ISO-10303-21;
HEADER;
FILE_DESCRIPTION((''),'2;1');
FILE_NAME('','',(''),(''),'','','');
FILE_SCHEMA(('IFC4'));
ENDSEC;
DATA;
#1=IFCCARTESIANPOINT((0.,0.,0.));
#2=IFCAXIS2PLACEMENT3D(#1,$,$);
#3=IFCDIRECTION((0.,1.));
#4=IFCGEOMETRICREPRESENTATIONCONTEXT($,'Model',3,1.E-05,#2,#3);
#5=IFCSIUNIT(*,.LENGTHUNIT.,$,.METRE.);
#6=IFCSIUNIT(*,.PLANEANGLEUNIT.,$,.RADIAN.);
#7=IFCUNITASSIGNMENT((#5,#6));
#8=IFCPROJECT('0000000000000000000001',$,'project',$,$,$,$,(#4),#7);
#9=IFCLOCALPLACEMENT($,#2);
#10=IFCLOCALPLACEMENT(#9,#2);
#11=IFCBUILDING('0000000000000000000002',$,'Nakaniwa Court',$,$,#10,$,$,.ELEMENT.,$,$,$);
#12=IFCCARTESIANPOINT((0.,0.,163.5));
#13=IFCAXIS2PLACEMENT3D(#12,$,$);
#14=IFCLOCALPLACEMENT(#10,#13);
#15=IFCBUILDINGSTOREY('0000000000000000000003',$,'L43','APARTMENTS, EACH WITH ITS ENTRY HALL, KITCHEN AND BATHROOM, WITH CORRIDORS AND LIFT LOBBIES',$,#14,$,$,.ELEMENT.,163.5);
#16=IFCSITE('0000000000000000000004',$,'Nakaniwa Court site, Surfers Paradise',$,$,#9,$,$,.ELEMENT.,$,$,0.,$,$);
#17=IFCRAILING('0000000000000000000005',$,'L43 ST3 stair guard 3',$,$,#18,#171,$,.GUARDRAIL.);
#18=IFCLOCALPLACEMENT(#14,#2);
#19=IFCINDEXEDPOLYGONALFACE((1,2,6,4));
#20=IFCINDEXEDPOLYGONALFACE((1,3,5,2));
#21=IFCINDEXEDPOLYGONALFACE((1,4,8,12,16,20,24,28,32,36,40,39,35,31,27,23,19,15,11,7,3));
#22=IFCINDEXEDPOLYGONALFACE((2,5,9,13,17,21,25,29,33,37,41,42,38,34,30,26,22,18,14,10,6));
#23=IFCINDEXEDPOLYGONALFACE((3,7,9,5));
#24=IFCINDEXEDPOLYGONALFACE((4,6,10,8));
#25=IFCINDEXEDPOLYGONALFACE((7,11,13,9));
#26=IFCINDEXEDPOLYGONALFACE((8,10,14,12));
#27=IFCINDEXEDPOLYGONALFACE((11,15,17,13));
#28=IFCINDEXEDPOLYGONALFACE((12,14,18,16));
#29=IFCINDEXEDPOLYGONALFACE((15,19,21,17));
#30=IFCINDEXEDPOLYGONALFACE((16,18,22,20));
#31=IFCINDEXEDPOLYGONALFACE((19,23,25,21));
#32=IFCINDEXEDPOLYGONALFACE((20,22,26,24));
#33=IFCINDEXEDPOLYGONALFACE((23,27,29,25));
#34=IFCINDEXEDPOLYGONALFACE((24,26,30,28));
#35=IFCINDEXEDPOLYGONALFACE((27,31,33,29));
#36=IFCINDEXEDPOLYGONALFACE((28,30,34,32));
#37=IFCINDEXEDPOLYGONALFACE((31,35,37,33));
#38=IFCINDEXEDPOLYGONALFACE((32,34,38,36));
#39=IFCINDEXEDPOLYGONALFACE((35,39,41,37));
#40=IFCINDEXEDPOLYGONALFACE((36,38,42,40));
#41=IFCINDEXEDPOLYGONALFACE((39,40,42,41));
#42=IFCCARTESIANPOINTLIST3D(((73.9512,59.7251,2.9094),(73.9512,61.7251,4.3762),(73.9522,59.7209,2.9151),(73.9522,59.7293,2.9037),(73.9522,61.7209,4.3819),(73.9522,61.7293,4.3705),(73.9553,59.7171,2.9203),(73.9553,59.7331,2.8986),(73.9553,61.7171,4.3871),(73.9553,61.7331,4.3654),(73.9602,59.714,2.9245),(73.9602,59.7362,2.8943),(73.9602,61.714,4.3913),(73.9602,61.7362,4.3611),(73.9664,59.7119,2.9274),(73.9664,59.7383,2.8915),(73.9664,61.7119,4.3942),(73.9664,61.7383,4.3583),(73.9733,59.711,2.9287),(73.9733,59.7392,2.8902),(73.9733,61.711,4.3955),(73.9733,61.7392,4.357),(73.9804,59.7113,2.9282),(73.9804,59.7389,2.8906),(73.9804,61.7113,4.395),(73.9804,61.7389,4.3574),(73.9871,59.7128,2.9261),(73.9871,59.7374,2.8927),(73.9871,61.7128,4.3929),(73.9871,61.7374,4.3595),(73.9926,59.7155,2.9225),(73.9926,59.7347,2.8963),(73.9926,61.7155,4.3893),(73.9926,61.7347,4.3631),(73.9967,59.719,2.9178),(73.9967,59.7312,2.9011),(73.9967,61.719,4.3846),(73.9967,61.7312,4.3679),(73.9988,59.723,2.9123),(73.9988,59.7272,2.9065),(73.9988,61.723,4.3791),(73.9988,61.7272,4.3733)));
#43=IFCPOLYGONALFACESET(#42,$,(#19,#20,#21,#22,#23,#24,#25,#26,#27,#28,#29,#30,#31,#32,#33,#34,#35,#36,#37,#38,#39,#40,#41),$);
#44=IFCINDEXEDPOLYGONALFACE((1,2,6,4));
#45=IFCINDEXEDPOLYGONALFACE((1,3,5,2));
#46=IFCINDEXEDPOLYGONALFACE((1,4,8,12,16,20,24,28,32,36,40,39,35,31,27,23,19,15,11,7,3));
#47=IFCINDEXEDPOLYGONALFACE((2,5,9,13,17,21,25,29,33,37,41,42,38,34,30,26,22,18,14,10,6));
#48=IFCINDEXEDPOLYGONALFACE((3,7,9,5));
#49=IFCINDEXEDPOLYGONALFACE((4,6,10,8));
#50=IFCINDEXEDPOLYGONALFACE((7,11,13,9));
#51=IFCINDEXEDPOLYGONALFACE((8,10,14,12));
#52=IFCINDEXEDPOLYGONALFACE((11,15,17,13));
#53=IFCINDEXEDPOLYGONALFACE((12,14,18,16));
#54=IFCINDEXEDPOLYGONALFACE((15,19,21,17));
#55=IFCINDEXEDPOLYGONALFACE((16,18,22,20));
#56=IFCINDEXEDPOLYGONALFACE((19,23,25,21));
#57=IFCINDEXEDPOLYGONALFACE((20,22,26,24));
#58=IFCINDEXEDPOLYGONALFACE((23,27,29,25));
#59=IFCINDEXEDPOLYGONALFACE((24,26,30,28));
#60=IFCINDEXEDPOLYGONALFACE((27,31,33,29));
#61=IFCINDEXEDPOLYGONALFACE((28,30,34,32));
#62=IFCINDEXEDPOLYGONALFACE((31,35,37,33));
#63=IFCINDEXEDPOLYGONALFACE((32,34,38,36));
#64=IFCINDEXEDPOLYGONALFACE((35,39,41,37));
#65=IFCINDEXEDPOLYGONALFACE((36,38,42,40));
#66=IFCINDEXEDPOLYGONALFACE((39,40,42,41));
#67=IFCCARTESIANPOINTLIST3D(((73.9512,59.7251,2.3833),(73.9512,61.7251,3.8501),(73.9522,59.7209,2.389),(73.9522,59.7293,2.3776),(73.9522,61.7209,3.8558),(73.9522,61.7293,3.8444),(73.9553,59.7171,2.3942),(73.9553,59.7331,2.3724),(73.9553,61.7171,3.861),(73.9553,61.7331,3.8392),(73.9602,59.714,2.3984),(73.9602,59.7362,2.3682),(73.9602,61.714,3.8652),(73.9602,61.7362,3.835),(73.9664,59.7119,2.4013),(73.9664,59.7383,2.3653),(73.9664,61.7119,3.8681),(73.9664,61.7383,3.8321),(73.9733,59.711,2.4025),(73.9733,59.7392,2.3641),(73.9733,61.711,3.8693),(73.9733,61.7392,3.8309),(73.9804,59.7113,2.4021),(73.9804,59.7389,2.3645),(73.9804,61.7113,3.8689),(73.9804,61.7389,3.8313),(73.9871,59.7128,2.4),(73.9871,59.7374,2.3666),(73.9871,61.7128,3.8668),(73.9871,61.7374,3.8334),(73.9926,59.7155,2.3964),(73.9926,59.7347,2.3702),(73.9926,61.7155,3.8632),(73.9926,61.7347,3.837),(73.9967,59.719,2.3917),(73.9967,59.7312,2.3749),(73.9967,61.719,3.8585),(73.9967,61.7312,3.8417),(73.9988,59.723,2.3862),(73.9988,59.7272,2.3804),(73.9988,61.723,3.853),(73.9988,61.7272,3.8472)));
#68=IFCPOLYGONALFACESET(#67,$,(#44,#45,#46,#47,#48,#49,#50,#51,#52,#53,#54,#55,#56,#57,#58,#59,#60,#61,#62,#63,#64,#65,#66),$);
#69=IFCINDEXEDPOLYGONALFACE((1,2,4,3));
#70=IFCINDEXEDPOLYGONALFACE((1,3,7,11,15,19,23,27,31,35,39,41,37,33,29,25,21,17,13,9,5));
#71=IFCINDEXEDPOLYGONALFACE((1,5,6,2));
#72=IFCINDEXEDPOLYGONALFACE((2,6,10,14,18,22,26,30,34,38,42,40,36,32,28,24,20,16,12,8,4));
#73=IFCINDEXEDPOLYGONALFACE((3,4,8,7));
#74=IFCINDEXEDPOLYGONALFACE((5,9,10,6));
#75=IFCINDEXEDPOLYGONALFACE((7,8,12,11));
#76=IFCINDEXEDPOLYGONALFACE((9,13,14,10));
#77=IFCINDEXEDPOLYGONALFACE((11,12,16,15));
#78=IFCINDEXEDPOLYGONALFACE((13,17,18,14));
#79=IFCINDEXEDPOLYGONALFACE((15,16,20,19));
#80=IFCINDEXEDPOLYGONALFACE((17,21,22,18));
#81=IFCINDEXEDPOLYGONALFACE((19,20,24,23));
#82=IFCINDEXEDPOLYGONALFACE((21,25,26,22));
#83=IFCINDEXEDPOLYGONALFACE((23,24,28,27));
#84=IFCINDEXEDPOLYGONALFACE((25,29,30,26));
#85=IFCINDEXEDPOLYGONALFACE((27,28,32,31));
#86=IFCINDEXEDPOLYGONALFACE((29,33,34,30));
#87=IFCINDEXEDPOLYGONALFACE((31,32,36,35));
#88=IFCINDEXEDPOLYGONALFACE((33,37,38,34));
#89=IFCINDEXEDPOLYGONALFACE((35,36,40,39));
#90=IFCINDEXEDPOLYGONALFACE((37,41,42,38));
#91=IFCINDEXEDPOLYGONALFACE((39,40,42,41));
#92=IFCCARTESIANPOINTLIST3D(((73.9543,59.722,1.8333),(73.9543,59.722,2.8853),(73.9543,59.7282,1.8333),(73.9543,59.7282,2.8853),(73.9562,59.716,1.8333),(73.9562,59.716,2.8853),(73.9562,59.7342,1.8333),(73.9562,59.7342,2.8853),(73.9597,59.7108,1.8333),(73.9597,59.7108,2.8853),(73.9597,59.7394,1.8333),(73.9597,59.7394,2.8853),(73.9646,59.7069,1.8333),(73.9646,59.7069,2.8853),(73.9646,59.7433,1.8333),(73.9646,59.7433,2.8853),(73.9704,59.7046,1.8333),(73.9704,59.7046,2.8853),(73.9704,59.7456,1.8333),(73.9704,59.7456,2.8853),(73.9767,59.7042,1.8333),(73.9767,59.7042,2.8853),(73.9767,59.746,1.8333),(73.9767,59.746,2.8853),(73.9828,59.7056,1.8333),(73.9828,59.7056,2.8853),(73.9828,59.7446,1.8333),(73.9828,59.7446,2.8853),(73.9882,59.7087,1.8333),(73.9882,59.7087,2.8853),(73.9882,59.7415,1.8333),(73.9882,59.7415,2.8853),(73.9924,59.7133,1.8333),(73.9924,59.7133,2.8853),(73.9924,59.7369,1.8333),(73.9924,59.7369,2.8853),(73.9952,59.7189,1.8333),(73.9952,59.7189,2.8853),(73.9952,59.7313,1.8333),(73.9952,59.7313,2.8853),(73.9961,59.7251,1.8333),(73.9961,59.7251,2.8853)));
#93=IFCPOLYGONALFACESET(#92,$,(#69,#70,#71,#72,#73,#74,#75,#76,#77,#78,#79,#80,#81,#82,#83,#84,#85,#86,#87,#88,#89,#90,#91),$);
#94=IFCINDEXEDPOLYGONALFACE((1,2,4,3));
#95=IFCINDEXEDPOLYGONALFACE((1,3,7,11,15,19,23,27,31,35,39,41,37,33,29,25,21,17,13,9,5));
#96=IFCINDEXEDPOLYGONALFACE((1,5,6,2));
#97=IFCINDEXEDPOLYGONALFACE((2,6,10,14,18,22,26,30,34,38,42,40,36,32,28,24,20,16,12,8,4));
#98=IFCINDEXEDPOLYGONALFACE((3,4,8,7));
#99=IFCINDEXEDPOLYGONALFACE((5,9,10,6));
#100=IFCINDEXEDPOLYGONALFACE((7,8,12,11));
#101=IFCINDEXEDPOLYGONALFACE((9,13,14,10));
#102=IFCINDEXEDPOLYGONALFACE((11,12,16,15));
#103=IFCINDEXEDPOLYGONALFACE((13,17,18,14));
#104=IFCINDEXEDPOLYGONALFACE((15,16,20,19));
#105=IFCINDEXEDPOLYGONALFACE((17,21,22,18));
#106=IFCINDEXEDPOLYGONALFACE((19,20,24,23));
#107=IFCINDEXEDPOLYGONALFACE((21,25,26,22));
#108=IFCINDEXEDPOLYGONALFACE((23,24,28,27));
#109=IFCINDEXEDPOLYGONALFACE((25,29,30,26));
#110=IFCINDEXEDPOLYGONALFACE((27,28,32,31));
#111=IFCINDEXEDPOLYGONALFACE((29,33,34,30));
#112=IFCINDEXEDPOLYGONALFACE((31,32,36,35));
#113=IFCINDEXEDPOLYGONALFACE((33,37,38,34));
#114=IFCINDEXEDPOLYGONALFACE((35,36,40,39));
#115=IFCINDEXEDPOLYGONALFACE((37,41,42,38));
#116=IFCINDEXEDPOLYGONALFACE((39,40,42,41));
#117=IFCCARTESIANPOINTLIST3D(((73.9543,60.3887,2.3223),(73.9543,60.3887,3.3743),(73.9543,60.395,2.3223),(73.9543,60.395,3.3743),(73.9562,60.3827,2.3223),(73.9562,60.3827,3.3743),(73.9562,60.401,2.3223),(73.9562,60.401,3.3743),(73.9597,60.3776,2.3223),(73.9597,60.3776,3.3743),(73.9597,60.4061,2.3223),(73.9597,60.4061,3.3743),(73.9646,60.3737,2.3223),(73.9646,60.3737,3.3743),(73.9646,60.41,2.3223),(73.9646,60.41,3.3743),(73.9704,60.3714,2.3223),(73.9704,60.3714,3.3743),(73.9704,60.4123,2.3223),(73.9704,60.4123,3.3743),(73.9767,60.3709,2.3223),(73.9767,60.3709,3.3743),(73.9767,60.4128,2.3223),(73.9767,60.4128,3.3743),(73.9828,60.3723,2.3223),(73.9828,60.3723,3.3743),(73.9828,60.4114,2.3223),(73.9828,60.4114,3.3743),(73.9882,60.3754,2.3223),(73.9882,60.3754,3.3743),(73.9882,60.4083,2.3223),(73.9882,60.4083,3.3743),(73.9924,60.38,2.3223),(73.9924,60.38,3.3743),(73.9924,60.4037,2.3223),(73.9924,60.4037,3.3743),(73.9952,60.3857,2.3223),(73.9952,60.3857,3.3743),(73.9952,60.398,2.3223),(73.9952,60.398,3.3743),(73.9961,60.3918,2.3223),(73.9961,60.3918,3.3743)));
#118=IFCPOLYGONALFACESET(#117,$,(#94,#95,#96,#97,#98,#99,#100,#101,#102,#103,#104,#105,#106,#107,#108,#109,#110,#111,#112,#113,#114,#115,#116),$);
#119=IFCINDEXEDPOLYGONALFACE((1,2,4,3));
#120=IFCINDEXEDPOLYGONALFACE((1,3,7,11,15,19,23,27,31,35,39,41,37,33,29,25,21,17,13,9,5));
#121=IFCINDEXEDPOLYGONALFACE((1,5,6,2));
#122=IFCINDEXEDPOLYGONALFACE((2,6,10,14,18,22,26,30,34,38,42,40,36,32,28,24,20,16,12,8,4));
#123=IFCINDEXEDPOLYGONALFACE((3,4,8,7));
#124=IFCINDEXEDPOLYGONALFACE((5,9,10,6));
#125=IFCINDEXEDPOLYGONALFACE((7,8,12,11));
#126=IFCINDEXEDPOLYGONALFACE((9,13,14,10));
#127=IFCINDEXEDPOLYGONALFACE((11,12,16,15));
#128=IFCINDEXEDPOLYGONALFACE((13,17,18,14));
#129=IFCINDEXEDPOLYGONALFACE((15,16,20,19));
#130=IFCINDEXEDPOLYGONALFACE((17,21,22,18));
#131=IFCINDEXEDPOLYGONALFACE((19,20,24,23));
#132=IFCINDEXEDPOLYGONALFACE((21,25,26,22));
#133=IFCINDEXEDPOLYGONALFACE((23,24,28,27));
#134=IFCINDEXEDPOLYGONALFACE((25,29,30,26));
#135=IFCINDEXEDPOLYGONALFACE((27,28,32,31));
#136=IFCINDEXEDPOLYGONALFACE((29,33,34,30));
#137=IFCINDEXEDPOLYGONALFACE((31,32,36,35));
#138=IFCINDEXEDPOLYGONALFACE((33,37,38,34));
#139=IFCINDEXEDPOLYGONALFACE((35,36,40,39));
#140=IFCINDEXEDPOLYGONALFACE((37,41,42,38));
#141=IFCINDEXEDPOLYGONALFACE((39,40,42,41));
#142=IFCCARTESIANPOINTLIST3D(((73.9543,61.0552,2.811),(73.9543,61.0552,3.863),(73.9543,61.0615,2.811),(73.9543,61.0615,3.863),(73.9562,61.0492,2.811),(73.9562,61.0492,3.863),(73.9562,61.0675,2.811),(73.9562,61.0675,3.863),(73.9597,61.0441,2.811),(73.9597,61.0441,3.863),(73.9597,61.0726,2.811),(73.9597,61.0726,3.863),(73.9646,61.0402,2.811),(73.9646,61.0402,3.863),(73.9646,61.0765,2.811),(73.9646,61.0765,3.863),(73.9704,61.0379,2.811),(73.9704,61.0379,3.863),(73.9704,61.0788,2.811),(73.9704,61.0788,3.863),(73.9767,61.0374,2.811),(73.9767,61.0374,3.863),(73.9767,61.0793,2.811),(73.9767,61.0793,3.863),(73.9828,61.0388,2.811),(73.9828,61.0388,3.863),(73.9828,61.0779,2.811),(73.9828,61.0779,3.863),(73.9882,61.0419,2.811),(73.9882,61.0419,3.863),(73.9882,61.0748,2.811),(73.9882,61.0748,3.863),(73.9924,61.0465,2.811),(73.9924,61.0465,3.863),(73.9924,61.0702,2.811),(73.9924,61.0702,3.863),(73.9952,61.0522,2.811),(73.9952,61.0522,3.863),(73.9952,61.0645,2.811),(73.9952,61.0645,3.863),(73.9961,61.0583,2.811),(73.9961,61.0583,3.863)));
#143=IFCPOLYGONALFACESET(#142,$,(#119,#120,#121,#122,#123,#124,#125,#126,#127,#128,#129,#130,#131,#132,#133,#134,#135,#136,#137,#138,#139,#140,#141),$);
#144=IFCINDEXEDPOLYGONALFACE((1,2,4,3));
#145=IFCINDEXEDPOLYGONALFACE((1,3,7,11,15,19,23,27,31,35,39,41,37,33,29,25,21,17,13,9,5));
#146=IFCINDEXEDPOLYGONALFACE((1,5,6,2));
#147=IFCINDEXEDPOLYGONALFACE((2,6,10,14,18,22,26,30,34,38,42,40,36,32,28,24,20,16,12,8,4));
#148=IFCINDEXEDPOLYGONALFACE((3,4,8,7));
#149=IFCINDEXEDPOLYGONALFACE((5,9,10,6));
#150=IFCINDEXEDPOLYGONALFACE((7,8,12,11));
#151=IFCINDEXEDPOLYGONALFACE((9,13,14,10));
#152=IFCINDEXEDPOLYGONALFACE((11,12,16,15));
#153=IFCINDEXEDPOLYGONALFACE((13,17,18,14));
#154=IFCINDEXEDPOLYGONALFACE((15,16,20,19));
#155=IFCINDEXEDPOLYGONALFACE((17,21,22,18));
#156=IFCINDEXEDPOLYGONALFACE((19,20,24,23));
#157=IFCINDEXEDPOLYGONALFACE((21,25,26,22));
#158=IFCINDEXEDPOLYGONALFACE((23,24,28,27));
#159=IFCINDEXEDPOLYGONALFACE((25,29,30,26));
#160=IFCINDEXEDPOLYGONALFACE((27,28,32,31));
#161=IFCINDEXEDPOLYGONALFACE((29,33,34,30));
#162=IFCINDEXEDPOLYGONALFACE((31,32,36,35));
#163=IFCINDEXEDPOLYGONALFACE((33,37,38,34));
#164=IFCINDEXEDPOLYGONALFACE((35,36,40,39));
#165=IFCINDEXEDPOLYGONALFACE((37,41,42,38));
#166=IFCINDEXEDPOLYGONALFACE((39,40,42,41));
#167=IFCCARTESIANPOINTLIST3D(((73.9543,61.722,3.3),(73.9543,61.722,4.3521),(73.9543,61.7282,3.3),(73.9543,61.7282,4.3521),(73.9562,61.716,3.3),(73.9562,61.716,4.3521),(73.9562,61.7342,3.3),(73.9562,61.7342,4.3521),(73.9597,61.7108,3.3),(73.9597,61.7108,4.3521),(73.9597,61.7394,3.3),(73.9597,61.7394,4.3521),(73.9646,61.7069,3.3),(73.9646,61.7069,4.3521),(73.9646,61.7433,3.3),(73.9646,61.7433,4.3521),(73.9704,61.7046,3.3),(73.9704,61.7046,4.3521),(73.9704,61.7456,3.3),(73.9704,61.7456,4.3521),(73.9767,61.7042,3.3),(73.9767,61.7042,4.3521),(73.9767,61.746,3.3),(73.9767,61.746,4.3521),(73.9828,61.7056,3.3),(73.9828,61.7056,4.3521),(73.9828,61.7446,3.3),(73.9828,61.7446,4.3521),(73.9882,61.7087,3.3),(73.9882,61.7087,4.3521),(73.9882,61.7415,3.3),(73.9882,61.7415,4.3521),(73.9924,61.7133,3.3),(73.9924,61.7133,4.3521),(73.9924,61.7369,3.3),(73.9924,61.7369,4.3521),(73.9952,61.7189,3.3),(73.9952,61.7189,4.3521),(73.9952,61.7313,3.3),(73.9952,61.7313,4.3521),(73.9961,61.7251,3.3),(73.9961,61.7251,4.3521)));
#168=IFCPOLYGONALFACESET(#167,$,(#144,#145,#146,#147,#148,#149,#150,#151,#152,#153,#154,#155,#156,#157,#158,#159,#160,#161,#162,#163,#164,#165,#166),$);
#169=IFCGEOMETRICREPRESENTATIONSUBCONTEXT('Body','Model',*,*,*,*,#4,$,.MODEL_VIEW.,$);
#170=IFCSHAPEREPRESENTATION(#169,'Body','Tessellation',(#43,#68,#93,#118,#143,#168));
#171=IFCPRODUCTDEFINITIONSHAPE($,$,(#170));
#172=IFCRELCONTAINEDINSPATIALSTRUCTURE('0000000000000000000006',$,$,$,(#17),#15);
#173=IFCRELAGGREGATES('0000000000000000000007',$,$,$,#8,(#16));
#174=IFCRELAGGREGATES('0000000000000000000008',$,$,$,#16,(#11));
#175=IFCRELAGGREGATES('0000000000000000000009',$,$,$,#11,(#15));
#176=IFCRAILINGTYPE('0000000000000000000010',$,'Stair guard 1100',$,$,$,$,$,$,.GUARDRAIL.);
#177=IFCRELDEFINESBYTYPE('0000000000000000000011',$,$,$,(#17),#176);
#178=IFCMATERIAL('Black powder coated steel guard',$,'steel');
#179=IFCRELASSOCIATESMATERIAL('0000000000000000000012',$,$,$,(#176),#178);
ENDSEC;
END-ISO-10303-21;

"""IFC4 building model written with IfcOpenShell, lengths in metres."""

from ifc_helpers import new_model, si_unit, direction, frame, origin, origin_2d, place, context, subcontext, project, spatial, circle, extrude, material, type_object, element, save


model = new_model("IFC4")

# Units and contexts
model_context = context("Model", 3, precision=1e-05, world=origin(), true_north=direction((0.0, 1.0)))
body_context = subcontext(model_context, "Body", "Model", "MODEL_VIEW")
ifc_project = project(units=[si_unit("LENGTHUNIT", "METRE"), si_unit("PLANEANGLEUNIT", "RADIAN")], contexts=[model_context])

# Site, building, storey
site_placement = place(None, origin())
site = spatial("IfcSite", under=ifc_project, at=site_placement, Name="Nakaniwa Court site, Surfers Paradise", CompositionType="ELEMENT", RefElevation=0.0)
building_placement = place(site_placement, origin())
building = spatial("IfcBuilding", under=site, at=building_placement, Name="Nakaniwa Court", CompositionType="ELEMENT")
storey_placement = place(building_placement, frame((0.0, 0.0, 163.5)))
storey = spatial("IfcBuildingStorey", under=building, at=storey_placement, Name="L43", Description="APARTMENTS, EACH WITH ITS ENTRY HALL, KITCHEN AND BATHROOM, WITH CORRIDORS AND LIFT LOBBIES", CompositionType="ELEMENT", Elevation=163.5)

# Railing
ifc_material_1 = material(Name="Black powder coated steel guard", Category="steel")
railing_type_1 = type_object("IfcRailingType", Name="Stair guard 1100", PredefinedType="GUARDRAIL", material=ifc_material_1)
railing_1_placement = place(storey_placement, frame((73.9751, 59.7251, 1.8333)))
element("IfcRailing", 1, at=railing_1_placement, inside=storey, type_object=railing_type_1, Name="L43 ST3 stair guard 3", PredefinedType="GUARDRAIL", context=body_context, shape_type="SweptSolid", body=[
    extrude(circle(Radius=0.0239, at=origin_2d()), frame((0.0, 0.0, 1.0762), z_axis=(0.0, 0.80638, 0.591398), x_axis=(-1.0, 0.0, 0.0)), (0.0, 0.0, 1.0), 2.4802),
    extrude(circle(Radius=0.0239, at=origin_2d()), frame((0.0, 0.0, 0.55), z_axis=(0.0, 0.80638, 0.591398), x_axis=(-1.0, 0.0, 0.0)), (0.0, 0.0, 1.0), 2.4802),
    extrude(circle(Radius=0.021, at=origin_2d()), origin(), (0.0, 0.0, 1.0), 1.052),
    extrude(circle(Radius=0.021, at=origin_2d()), frame((0.0, 0.6667, 0.489)), (0.0, 0.0, 1.0), 1.052),
    extrude(circle(Radius=0.021, at=origin_2d()), frame((0.0, 1.3333, 0.9778)), (0.0, 0.0, 1.0), 1.052),
    extrude(circle(Radius=0.021, at=origin_2d()), frame((0.0, 2.0, 1.4668)), (0.0, 0.0, 1.0), 1.052),
])

save(model, "model.ifc")
